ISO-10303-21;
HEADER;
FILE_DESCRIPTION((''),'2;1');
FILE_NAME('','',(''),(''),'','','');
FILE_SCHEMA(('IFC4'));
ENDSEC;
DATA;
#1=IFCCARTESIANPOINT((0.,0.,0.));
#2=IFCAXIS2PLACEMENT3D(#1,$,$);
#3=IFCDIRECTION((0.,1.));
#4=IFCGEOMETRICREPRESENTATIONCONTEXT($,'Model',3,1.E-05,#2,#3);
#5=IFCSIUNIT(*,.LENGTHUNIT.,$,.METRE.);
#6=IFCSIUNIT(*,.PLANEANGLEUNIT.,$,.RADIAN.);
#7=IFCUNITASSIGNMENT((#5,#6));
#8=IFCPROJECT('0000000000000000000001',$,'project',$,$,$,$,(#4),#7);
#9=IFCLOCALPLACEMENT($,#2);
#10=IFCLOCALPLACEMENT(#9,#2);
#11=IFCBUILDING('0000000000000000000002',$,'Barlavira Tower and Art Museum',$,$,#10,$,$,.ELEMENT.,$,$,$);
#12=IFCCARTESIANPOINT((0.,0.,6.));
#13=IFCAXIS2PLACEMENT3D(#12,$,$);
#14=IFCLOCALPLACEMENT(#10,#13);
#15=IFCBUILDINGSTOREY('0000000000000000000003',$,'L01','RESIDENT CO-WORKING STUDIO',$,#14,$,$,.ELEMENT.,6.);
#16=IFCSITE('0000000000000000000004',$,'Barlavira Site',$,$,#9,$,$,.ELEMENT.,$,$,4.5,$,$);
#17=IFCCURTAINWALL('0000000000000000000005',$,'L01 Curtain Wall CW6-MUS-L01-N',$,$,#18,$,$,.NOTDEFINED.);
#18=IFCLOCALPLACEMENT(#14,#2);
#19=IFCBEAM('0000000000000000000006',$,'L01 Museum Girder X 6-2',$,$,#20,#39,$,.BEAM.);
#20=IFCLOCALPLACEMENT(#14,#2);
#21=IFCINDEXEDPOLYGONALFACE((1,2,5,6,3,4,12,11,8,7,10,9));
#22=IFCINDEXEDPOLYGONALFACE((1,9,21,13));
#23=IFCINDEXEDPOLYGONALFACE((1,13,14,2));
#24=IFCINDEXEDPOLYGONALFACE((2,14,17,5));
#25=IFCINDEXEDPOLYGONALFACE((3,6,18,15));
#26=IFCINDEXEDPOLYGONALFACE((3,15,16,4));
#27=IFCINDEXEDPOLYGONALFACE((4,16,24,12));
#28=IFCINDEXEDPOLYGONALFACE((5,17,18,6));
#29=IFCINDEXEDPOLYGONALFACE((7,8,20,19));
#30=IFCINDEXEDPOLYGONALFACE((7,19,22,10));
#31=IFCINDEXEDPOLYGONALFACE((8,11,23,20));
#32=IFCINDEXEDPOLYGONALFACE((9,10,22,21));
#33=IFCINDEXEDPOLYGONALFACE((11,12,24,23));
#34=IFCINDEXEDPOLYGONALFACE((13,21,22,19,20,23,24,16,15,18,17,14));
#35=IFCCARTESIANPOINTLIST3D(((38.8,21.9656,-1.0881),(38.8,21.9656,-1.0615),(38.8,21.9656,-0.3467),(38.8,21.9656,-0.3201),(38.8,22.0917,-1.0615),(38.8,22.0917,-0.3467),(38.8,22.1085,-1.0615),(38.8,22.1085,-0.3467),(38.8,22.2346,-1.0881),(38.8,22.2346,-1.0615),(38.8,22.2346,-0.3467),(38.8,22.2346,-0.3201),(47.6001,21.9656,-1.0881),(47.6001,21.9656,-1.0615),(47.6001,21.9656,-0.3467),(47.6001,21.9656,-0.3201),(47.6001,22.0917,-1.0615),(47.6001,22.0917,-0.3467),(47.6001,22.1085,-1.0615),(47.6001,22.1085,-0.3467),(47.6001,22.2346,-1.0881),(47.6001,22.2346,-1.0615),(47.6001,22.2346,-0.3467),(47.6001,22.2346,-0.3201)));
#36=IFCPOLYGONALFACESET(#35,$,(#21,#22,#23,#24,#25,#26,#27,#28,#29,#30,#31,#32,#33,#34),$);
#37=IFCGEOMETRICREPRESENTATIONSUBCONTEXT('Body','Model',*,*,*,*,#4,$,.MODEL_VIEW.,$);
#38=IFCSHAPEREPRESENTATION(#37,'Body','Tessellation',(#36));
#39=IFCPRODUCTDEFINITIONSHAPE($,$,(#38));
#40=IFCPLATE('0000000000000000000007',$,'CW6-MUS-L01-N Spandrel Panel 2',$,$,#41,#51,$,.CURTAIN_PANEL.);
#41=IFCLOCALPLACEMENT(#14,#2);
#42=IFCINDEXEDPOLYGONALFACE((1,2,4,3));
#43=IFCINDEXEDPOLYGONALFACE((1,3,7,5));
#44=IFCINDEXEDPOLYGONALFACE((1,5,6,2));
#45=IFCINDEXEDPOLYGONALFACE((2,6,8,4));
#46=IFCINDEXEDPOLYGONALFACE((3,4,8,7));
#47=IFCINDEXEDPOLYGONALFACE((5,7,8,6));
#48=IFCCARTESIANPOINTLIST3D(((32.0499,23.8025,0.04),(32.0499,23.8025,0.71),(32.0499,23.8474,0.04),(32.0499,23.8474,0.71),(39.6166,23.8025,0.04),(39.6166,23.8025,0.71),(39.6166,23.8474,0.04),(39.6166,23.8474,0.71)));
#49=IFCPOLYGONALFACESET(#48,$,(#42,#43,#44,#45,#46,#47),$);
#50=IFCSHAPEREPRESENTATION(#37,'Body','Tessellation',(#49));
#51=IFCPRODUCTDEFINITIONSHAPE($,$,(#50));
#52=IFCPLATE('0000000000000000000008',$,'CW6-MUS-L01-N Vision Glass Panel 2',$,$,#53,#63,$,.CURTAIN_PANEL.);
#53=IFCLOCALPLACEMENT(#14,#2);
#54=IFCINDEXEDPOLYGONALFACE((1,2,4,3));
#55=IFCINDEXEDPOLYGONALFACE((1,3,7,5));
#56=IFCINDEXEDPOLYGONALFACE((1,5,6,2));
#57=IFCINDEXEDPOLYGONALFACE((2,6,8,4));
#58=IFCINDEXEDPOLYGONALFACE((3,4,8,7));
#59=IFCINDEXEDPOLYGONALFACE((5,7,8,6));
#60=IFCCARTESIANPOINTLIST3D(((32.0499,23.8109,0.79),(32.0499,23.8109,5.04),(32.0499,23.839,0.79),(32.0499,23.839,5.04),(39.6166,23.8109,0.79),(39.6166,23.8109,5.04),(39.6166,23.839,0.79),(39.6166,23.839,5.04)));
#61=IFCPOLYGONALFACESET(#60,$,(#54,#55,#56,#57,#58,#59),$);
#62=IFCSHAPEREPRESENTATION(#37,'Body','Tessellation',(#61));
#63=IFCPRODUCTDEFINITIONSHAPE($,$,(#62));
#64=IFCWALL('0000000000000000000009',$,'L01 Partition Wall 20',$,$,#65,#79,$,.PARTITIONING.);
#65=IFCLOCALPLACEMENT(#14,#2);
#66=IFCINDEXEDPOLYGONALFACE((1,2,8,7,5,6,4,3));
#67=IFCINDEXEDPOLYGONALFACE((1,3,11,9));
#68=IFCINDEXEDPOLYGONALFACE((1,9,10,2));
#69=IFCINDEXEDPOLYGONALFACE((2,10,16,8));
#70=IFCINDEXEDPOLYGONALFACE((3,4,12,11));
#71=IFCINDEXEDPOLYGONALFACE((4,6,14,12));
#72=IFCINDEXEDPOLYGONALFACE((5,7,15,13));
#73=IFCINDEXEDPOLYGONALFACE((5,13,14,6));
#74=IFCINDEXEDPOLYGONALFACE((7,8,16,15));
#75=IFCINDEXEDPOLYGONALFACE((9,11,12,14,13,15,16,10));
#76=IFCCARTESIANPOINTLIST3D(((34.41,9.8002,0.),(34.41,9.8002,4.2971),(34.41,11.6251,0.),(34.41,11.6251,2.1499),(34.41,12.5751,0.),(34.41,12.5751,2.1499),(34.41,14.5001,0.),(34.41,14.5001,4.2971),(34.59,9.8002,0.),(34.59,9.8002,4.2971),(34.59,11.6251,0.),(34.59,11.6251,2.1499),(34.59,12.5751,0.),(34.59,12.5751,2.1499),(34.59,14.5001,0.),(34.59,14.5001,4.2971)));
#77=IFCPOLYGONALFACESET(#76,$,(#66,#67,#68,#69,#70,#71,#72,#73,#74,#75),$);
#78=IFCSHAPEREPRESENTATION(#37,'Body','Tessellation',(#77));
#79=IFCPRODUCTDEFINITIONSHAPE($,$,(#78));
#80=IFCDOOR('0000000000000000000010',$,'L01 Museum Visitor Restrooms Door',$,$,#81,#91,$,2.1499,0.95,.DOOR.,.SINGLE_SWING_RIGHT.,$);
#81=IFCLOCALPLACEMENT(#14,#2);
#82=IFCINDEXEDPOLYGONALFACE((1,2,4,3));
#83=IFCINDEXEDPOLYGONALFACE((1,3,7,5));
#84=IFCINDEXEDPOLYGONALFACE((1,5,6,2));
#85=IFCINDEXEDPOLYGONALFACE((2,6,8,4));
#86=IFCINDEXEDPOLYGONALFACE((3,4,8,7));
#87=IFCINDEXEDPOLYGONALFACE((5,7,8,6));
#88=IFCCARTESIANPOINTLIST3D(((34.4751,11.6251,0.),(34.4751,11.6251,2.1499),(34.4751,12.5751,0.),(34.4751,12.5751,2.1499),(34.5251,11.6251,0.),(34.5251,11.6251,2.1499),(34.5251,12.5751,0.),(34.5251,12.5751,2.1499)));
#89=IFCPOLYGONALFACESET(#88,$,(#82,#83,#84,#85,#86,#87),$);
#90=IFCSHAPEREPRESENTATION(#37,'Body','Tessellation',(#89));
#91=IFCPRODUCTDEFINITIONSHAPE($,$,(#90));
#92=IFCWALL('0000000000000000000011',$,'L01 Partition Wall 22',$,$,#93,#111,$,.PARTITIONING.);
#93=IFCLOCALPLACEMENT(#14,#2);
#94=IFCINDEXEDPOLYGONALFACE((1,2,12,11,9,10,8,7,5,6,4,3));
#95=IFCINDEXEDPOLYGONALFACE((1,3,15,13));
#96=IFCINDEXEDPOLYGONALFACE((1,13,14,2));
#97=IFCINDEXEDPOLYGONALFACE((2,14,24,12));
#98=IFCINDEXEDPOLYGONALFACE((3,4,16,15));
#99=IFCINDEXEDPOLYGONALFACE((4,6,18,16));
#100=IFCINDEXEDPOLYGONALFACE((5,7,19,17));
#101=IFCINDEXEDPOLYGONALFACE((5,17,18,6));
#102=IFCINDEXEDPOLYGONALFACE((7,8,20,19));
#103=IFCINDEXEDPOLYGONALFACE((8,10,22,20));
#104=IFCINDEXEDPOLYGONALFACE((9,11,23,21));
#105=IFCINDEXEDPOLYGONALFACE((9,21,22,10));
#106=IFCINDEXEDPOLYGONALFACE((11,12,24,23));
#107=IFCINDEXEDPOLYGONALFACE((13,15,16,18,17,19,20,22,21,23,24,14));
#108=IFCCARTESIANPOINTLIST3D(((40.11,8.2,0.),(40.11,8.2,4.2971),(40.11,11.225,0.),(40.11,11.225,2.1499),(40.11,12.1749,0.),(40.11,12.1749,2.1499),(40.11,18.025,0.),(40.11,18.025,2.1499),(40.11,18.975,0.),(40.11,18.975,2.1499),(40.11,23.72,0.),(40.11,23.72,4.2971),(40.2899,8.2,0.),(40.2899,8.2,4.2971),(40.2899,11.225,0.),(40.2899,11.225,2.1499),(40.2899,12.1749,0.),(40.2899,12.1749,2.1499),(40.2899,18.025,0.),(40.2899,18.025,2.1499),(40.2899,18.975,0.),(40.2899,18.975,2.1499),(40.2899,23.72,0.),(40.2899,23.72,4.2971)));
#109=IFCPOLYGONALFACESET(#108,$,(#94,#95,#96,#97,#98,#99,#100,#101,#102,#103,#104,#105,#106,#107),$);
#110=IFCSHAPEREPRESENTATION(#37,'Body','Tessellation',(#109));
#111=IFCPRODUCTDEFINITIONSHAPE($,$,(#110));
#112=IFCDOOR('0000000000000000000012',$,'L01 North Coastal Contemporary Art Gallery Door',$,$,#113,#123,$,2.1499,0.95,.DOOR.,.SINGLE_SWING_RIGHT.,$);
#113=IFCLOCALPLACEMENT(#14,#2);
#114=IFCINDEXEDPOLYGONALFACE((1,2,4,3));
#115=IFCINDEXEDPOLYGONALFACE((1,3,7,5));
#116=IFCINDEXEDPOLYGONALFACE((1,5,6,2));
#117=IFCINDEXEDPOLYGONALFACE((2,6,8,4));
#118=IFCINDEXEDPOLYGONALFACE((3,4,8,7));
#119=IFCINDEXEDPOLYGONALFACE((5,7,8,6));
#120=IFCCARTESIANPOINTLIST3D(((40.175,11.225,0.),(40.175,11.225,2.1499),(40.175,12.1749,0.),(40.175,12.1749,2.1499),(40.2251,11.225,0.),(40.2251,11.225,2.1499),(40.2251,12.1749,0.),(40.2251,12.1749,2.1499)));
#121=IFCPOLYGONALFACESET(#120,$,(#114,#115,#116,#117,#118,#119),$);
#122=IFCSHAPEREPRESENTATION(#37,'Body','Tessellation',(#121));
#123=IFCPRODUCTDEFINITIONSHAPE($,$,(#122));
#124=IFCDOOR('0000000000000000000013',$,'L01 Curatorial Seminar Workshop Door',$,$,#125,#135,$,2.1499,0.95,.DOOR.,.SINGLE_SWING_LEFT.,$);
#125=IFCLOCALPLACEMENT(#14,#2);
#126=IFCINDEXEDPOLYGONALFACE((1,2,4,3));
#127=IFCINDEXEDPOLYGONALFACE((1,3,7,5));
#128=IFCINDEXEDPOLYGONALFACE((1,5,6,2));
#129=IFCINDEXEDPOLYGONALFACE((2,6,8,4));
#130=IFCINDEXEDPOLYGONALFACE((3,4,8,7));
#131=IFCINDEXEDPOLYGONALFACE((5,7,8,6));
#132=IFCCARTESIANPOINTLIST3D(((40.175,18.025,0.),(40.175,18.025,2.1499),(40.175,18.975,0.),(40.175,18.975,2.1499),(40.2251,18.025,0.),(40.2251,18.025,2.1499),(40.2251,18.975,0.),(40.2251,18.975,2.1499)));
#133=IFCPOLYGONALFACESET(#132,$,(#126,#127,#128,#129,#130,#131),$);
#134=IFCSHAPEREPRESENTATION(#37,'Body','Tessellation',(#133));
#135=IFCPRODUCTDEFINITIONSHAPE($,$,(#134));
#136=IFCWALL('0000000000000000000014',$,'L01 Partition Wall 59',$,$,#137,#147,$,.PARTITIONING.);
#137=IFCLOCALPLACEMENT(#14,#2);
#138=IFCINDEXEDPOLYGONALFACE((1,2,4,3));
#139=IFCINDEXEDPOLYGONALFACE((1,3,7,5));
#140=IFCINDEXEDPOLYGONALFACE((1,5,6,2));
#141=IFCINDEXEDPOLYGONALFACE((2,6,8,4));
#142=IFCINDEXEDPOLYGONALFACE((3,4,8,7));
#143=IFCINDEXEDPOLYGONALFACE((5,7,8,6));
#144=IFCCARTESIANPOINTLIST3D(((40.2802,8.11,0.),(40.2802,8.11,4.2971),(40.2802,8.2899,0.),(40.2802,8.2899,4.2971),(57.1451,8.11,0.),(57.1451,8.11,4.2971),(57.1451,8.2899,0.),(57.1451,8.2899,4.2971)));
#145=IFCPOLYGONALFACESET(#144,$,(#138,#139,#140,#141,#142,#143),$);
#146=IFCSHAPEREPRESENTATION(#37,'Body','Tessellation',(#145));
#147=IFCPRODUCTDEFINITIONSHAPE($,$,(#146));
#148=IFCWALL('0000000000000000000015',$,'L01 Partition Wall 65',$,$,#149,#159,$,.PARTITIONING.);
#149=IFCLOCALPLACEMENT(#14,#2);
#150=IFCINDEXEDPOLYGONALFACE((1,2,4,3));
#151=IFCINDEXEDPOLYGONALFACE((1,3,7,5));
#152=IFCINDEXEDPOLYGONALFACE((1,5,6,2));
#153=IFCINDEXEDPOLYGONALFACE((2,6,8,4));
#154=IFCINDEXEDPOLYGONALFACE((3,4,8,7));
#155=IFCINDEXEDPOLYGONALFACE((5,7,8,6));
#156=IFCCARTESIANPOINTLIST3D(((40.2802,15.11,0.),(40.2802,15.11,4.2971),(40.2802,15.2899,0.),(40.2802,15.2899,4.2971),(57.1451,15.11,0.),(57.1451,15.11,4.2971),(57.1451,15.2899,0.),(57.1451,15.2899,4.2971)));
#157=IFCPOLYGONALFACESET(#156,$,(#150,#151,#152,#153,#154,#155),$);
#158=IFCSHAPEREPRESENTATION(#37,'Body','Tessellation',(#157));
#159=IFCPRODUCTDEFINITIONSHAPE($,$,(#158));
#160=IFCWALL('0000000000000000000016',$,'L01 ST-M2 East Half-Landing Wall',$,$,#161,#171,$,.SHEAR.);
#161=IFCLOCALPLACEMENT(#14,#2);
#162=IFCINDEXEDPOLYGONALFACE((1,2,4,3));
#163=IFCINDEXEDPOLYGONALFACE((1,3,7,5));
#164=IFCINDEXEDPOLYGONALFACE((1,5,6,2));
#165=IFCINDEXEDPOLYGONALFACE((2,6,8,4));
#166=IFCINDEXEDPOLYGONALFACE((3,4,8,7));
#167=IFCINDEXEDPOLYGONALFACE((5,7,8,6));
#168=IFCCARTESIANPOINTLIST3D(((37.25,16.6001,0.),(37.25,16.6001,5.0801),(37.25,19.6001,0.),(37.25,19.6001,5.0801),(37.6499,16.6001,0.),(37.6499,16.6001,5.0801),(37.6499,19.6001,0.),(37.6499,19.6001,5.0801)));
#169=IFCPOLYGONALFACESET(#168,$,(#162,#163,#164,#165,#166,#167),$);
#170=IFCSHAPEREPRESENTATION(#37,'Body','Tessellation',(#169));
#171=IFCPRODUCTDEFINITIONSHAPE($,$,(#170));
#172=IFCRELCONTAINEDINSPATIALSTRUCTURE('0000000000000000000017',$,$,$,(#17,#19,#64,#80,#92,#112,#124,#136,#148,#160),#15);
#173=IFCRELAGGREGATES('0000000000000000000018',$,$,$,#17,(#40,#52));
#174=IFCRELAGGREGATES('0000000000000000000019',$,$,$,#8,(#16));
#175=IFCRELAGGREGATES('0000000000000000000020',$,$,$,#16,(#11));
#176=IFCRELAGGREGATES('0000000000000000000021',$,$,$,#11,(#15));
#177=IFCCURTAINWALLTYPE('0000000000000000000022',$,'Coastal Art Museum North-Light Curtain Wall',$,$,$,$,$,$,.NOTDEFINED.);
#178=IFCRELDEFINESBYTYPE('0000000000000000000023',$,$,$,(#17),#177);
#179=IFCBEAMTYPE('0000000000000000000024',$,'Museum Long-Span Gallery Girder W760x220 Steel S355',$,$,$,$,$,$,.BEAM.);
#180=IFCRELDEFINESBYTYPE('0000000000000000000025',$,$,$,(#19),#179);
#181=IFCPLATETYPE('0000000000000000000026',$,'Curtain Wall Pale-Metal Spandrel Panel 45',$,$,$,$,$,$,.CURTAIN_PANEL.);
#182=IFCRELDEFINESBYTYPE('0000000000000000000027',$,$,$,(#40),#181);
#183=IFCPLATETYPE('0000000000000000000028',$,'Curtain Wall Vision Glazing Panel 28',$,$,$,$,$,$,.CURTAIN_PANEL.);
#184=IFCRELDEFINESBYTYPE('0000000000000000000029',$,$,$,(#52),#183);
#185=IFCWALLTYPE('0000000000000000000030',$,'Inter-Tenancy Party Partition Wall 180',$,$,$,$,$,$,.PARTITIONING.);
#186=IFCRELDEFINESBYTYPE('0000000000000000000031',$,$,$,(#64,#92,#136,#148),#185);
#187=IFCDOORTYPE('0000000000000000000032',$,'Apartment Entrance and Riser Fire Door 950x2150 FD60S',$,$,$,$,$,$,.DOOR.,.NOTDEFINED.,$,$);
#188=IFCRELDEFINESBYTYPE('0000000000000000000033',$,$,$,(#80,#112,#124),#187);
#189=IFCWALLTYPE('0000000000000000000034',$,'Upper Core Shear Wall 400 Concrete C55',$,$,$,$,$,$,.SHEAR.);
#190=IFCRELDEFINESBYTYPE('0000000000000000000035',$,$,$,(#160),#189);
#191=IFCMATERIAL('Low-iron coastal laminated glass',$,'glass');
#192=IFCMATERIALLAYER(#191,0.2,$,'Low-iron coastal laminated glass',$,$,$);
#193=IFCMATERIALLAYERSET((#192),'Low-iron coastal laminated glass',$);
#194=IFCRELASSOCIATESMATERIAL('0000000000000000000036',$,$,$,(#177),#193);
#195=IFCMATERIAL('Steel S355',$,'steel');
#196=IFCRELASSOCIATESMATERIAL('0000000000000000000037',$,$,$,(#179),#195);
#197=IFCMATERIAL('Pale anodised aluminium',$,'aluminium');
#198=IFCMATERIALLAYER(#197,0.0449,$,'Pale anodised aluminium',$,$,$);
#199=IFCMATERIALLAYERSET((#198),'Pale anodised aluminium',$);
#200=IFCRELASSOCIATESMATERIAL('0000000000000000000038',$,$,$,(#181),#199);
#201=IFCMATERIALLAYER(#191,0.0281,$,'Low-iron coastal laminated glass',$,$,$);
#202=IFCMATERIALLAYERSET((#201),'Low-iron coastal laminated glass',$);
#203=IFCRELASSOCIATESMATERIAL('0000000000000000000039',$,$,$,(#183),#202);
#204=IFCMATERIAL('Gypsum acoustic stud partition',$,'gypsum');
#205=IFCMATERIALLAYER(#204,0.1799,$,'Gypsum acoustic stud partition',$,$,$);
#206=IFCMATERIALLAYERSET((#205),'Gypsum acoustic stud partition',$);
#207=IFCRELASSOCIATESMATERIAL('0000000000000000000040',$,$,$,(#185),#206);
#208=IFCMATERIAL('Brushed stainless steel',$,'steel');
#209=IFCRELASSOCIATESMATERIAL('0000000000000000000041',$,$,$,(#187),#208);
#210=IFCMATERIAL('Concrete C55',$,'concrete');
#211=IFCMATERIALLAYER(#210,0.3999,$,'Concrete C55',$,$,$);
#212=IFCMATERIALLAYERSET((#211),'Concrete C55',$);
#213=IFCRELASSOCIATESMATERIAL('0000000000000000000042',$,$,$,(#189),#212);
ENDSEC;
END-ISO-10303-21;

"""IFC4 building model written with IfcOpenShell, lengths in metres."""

from ifc_helpers import new_model, si_unit, direction, frame, frame_2d, origin, origin_2d, place, context, subcontext, project, spatial, rectangle, i_section, extrude, material, layer, layer_set, material_profile, profile_set, type_object, element, fill, aggregate, save


model = new_model("IFC4")

# Units and contexts
model_context = context("Model", 3, precision=1e-05, world=origin(), true_north=direction((0.0, 1.0)))
body_context = subcontext(model_context, "Body", "Model", "MODEL_VIEW")
ifc_project = project(units=[si_unit("LENGTHUNIT", "METRE"), si_unit("PLANEANGLEUNIT", "RADIAN")], contexts=[model_context])

# Site, building, storey
site_placement = place(None, origin())
site = spatial("IfcSite", under=ifc_project, at=site_placement, Name="Barlavira Site", CompositionType="ELEMENT", RefElevation=4.5)
building_placement = place(site_placement, origin())
building = spatial("IfcBuilding", under=site, at=building_placement, Name="Barlavira Tower and Art Museum", CompositionType="ELEMENT")
storey_placement = place(building_placement, frame((0.0, 0.0, 6.0)))
storey = spatial("IfcBuildingStorey", under=building, at=storey_placement, Name="L01", Description="RESIDENT CO-WORKING STUDIO", CompositionType="ELEMENT", Elevation=6.0)

# Curtain wall
ifc_material_1 = material(Name="Low-iron coastal laminated glass", Category="glass")
ifc_layer_1 = layer(ifc_material_1, 0.2, Name="Low-iron coastal laminated glass")
ifc_layer_set_1 = layer_set([ifc_layer_1], Name="Low-iron coastal laminated glass")
curtain_wall_type = type_object("IfcCurtainWallType", Name="Coastal Art Museum North-Light Curtain Wall", PredefinedType="NOTDEFINED", material=ifc_layer_set_1)
curtain_wall_placement = place(storey_placement, origin())
curtain_wall = element("IfcCurtainWall", 1, at=curtain_wall_placement, inside=storey, type_object=curtain_wall_type, Name="L01 Curtain Wall CW6-MUS-L01-N", PredefinedType="NOTDEFINED")
ifc_material_2 = material(Name="Pale anodised aluminium", Category="aluminium")

# Beam
ifc_material_3 = material(Name="Steel S355", Category="steel")
ifc_material_profile_1 = material_profile(ifc_material_3, i_section(OverallWidth=0.269, OverallDepth=0.7681, WebThickness=0.0168, FlangeThickness=0.0266, at=origin_2d()), Name="W760x220.0")
ifc_profile_set_1 = profile_set([ifc_material_profile_1], Name="Steel S355")
beam_type = type_object("IfcBeamType", Name="Museum Long-Span Gallery Girder W760x220 Steel S355", PredefinedType="BEAM", material=ifc_profile_set_1)
for number, where, z_axis, x_axis, name in (
    (2, (38.8, 22.1001, -0.7041), (1.0, 0.0, 0.0), (0.0, 1.0, 0.0), "L01 Museum Girder X 6-2"),
):
    element("IfcBeam", number, at=place(storey_placement, frame(where, z_axis=z_axis, x_axis=x_axis)), inside=storey, type_object=beam_type, Name=name, PredefinedType="BEAM", context=body_context, shape_type="SweptSolid", body=[
        extrude(i_section(OverallWidth=0.269, OverallDepth=0.7681, WebThickness=0.0168, FlangeThickness=0.0266, at=origin_2d()), origin(), (0.0, 0.0, 1.0), 8.8),
    ])

# Plates
ifc_layer_2 = layer(ifc_material_2, 0.0449, Name="Pale anodised aluminium")
ifc_layer_set_2 = layer_set([ifc_layer_2], Name="Pale anodised aluminium")
plate_type_1 = type_object("IfcPlateType", Name="Curtain Wall Pale-Metal Spandrel Panel 45", PredefinedType="CURTAIN_PANEL", material=ifc_layer_set_2)
plate_1_placement = place(storey_placement, frame((35.8333, 23.825, 0.04), z_axis=(0.0, 0.0, 1.0), x_axis=(-1.0, 0.0, 0.0)))
plate_1 = element("IfcPlate", 3, at=plate_1_placement, type_object=plate_type_1, Name="CW6-MUS-L01-N Spandrel Panel 2", PredefinedType="CURTAIN_PANEL", context=body_context, shape_type="SweptSolid", body=[
    extrude(rectangle(XDim=7.5667, YDim=0.0449, at=origin_2d()), origin(), (0.0, 0.0, 1.0), 0.6699),
])
ifc_layer_3 = layer(ifc_material_1, 0.0281, Name="Low-iron coastal laminated glass")
ifc_layer_set_3 = layer_set([ifc_layer_3], Name="Low-iron coastal laminated glass")
plate_type_2 = type_object("IfcPlateType", Name="Curtain Wall Vision Glazing Panel 28", PredefinedType="CURTAIN_PANEL", material=ifc_layer_set_3)
plate_2_placement = place(storey_placement, frame((35.8333, 23.825, 0.79), z_axis=(0.0, 0.0, 1.0), x_axis=(-1.0, 0.0, 0.0)))
plate_2 = element("IfcPlate", 4, at=plate_2_placement, type_object=plate_type_2, Name="CW6-MUS-L01-N Vision Glass Panel 2", PredefinedType="CURTAIN_PANEL", context=body_context, shape_type="SweptSolid", body=[
    extrude(rectangle(XDim=7.5667, YDim=0.0281, at=origin_2d()), origin(), (0.0, 0.0, 1.0), 4.25),
])
aggregate(curtain_wall, [plate_1, plate_2])

# Wall, opening, door
ifc_material_4 = material(Name="Gypsum acoustic stud partition", Category="gypsum")
ifc_layer_4 = layer(ifc_material_4, 0.1799, Name="Gypsum acoustic stud partition")
ifc_layer_set_4 = layer_set([ifc_layer_4], Name="Gypsum acoustic stud partition")
wall_type_1 = type_object("IfcWallType", Name="Inter-Tenancy Party Partition Wall 180", PredefinedType="PARTITIONING", material=ifc_layer_set_4)
wall_1_placement = place(storey_placement, frame((34.5, 9.8, 0.0), z_axis=(0.0, 0.0, 1.0), x_axis=(0.0, 1.0, 0.0)))
wall_1 = element("IfcWall", 5, at=wall_1_placement, inside=storey, type_object=wall_type_1, Name="L01 Partition Wall 20", PredefinedType="PARTITIONING", context=body_context, shape_type="SweptSolid", body=[
    extrude(rectangle(XDim=4.7, YDim=0.1799, at=frame_2d((2.3501, 0.0))), origin(), (0.0, 0.0, 1.0), 4.2971),
])
opening_1_placement = place(wall_1_placement, frame((1.825, 0.0, 0.0)))
opening_1 = element("IfcOpeningElement", 6, at=opening_1_placement, cuts=wall_1, PredefinedType="OPENING", context=body_context, shape_type="SweptSolid", body=[
    extrude(rectangle(XDim=0.95, YDim=2.1499, at=frame_2d((0.4751, 1.075))), frame((0.0, 0.1001, 0.0), z_axis=(0.0, -1.0, 0.0), x_axis=(1.0, 0.0, 0.0)), (0.0, 0.0, 1.0), 0.2),
])
ifc_material_5 = material(Name="Brushed stainless steel", Category="steel")
door_type_1 = type_object("IfcDoorType", Name="Apartment Entrance and Riser Fire Door 950x2150 FD60S", OperationType="NOTDEFINED", PredefinedType="DOOR", material=ifc_material_5)
door_1_placement = place(opening_1_placement, origin())
door_1 = element("IfcDoor", 7, at=door_1_placement, inside=storey, type_object=door_type_1, Name="L01 Museum Visitor Restrooms Door", OperationType="SINGLE_SWING_RIGHT", OverallHeight=2.1499, OverallWidth=0.95, PredefinedType="DOOR", context=body_context, shape_type="SweptSolid", body=[
    extrude(rectangle(XDim=0.95, YDim=2.1499, at=frame_2d((0.4751, 1.075))), frame((0.0, 0.0249, 0.0), z_axis=(0.0, -1.0, 0.0), x_axis=(1.0, 0.0, 0.0)), (0.0, 0.0, 1.0), 0.05),
])
fill(opening_1, door_1)

# Wall, openings, doors
wall_2_placement = place(storey_placement, frame((40.2, 8.2, 0.0), z_axis=(0.0, 0.0, 1.0), x_axis=(0.0, 1.0, 0.0)))
wall_2 = element("IfcWall", 8, at=wall_2_placement, inside=storey, type_object=wall_type_1, Name="L01 Partition Wall 22", PredefinedType="PARTITIONING", context=body_context, shape_type="SweptSolid", body=[
    extrude(rectangle(XDim=15.52, YDim=0.1799, at=frame_2d((7.76, 0.0))), origin(), (0.0, 0.0, 1.0), 4.2971),
])
opening_2_placement = place(wall_2_placement, frame((3.0249, 0.0, 0.0)))
opening_2 = element("IfcOpeningElement", 9, at=opening_2_placement, cuts=wall_2, PredefinedType="OPENING", context=body_context, shape_type="SweptSolid", body=[
    extrude(rectangle(XDim=0.95, YDim=2.1499, at=frame_2d((0.4751, 1.075))), frame((0.0, 0.1001, 0.0), z_axis=(0.0, -1.0, 0.0), x_axis=(1.0, 0.0, 0.0)), (0.0, 0.0, 1.0), 0.2),
])
opening_3_placement = place(wall_2_placement, frame((9.825, 0.0, 0.0)))
opening_3 = element("IfcOpeningElement", 10, at=opening_3_placement, cuts=wall_2, PredefinedType="OPENING", context=body_context, shape_type="SweptSolid", body=[
    extrude(rectangle(XDim=0.95, YDim=2.1499, at=frame_2d((0.4751, 1.075))), frame((0.0, 0.1001, 0.0), z_axis=(0.0, -1.0, 0.0), x_axis=(1.0, 0.0, 0.0)), (0.0, 0.0, 1.0), 0.2),
])
door_2_placement = place(opening_2_placement, origin())
door_2 = element("IfcDoor", 11, at=door_2_placement, inside=storey, type_object=door_type_1, Name="L01 North Coastal Contemporary Art Gallery Door", OperationType="SINGLE_SWING_RIGHT", OverallHeight=2.1499, OverallWidth=0.95, PredefinedType="DOOR", context=body_context, shape_type="SweptSolid", body=[
    extrude(rectangle(XDim=0.95, YDim=2.1499, at=frame_2d((0.4751, 1.075))), frame((0.0, 0.0249, 0.0), z_axis=(0.0, -1.0, 0.0), x_axis=(1.0, 0.0, 0.0)), (0.0, 0.0, 1.0), 0.05),
])
fill(opening_2, door_2)
door_3_placement = place(opening_3_placement, origin())
door_3 = element("IfcDoor", 12, at=door_3_placement, inside=storey, type_object=door_type_1, Name="L01 Curatorial Seminar Workshop Door", OperationType="SINGLE_SWING_LEFT", OverallHeight=2.1499, OverallWidth=0.95, PredefinedType="DOOR", context=body_context, shape_type="SweptSolid", body=[
    extrude(rectangle(XDim=0.95, YDim=2.1499, at=frame_2d((0.4751, 1.075))), frame((0.0, 0.0249, 0.0), z_axis=(0.0, -1.0, 0.0), x_axis=(1.0, 0.0, 0.0)), (0.0, 0.0, 1.0), 0.05),
])
fill(opening_3, door_3)

# Walls
for number, where, z_axis, x_axis, name in (
    (13, (40.28, 8.2, 0.0), (0.0, 0.0, 1.0), (1.0, 0.0, 0.0), "L01 Partition Wall 59"),
    (14, (40.28, 15.2, 0.0), (0.0, 0.0, 1.0), (1.0, 0.0, 0.0), "L01 Partition Wall 65"),
):
    element("IfcWall", number, at=place(storey_placement, frame(where, z_axis=z_axis, x_axis=x_axis)), inside=storey, type_object=wall_type_1, Name=name, PredefinedType="PARTITIONING", context=body_context, shape_type="SweptSolid", body=[
        extrude(rectangle(XDim=16.865, YDim=0.1799, at=frame_2d((8.4326, 0.0))), origin(), (0.0, 0.0, 1.0), 4.2971),
    ])
ifc_material_6 = material(Name="Concrete C55", Category="concrete")
ifc_layer_5 = layer(ifc_material_6, 0.3999, Name="Concrete C55")
ifc_layer_set_5 = layer_set([ifc_layer_5], Name="Concrete C55")
wall_type_2 = type_object("IfcWallType", Name="Upper Core Shear Wall 400 Concrete C55", PredefinedType="SHEAR", material=ifc_layer_set_5)
wall_3_placement = place(storey_placement, frame((37.45, 16.6001, 0.0), z_axis=(0.0, 0.0, 1.0), x_axis=(0.0, 1.0, 0.0)))
element("IfcWall", 15, at=wall_3_placement, inside=storey, type_object=wall_type_2, Name="L01 ST-M2 East Half-Landing Wall", PredefinedType="SHEAR", context=body_context, shape_type="SweptSolid", body=[
    extrude(rectangle(XDim=3.0, YDim=0.3999, at=frame_2d((1.5, 0.0))), origin(), (0.0, 0.0, 1.0), 5.0801),
])

save(model, "model.ifc")
